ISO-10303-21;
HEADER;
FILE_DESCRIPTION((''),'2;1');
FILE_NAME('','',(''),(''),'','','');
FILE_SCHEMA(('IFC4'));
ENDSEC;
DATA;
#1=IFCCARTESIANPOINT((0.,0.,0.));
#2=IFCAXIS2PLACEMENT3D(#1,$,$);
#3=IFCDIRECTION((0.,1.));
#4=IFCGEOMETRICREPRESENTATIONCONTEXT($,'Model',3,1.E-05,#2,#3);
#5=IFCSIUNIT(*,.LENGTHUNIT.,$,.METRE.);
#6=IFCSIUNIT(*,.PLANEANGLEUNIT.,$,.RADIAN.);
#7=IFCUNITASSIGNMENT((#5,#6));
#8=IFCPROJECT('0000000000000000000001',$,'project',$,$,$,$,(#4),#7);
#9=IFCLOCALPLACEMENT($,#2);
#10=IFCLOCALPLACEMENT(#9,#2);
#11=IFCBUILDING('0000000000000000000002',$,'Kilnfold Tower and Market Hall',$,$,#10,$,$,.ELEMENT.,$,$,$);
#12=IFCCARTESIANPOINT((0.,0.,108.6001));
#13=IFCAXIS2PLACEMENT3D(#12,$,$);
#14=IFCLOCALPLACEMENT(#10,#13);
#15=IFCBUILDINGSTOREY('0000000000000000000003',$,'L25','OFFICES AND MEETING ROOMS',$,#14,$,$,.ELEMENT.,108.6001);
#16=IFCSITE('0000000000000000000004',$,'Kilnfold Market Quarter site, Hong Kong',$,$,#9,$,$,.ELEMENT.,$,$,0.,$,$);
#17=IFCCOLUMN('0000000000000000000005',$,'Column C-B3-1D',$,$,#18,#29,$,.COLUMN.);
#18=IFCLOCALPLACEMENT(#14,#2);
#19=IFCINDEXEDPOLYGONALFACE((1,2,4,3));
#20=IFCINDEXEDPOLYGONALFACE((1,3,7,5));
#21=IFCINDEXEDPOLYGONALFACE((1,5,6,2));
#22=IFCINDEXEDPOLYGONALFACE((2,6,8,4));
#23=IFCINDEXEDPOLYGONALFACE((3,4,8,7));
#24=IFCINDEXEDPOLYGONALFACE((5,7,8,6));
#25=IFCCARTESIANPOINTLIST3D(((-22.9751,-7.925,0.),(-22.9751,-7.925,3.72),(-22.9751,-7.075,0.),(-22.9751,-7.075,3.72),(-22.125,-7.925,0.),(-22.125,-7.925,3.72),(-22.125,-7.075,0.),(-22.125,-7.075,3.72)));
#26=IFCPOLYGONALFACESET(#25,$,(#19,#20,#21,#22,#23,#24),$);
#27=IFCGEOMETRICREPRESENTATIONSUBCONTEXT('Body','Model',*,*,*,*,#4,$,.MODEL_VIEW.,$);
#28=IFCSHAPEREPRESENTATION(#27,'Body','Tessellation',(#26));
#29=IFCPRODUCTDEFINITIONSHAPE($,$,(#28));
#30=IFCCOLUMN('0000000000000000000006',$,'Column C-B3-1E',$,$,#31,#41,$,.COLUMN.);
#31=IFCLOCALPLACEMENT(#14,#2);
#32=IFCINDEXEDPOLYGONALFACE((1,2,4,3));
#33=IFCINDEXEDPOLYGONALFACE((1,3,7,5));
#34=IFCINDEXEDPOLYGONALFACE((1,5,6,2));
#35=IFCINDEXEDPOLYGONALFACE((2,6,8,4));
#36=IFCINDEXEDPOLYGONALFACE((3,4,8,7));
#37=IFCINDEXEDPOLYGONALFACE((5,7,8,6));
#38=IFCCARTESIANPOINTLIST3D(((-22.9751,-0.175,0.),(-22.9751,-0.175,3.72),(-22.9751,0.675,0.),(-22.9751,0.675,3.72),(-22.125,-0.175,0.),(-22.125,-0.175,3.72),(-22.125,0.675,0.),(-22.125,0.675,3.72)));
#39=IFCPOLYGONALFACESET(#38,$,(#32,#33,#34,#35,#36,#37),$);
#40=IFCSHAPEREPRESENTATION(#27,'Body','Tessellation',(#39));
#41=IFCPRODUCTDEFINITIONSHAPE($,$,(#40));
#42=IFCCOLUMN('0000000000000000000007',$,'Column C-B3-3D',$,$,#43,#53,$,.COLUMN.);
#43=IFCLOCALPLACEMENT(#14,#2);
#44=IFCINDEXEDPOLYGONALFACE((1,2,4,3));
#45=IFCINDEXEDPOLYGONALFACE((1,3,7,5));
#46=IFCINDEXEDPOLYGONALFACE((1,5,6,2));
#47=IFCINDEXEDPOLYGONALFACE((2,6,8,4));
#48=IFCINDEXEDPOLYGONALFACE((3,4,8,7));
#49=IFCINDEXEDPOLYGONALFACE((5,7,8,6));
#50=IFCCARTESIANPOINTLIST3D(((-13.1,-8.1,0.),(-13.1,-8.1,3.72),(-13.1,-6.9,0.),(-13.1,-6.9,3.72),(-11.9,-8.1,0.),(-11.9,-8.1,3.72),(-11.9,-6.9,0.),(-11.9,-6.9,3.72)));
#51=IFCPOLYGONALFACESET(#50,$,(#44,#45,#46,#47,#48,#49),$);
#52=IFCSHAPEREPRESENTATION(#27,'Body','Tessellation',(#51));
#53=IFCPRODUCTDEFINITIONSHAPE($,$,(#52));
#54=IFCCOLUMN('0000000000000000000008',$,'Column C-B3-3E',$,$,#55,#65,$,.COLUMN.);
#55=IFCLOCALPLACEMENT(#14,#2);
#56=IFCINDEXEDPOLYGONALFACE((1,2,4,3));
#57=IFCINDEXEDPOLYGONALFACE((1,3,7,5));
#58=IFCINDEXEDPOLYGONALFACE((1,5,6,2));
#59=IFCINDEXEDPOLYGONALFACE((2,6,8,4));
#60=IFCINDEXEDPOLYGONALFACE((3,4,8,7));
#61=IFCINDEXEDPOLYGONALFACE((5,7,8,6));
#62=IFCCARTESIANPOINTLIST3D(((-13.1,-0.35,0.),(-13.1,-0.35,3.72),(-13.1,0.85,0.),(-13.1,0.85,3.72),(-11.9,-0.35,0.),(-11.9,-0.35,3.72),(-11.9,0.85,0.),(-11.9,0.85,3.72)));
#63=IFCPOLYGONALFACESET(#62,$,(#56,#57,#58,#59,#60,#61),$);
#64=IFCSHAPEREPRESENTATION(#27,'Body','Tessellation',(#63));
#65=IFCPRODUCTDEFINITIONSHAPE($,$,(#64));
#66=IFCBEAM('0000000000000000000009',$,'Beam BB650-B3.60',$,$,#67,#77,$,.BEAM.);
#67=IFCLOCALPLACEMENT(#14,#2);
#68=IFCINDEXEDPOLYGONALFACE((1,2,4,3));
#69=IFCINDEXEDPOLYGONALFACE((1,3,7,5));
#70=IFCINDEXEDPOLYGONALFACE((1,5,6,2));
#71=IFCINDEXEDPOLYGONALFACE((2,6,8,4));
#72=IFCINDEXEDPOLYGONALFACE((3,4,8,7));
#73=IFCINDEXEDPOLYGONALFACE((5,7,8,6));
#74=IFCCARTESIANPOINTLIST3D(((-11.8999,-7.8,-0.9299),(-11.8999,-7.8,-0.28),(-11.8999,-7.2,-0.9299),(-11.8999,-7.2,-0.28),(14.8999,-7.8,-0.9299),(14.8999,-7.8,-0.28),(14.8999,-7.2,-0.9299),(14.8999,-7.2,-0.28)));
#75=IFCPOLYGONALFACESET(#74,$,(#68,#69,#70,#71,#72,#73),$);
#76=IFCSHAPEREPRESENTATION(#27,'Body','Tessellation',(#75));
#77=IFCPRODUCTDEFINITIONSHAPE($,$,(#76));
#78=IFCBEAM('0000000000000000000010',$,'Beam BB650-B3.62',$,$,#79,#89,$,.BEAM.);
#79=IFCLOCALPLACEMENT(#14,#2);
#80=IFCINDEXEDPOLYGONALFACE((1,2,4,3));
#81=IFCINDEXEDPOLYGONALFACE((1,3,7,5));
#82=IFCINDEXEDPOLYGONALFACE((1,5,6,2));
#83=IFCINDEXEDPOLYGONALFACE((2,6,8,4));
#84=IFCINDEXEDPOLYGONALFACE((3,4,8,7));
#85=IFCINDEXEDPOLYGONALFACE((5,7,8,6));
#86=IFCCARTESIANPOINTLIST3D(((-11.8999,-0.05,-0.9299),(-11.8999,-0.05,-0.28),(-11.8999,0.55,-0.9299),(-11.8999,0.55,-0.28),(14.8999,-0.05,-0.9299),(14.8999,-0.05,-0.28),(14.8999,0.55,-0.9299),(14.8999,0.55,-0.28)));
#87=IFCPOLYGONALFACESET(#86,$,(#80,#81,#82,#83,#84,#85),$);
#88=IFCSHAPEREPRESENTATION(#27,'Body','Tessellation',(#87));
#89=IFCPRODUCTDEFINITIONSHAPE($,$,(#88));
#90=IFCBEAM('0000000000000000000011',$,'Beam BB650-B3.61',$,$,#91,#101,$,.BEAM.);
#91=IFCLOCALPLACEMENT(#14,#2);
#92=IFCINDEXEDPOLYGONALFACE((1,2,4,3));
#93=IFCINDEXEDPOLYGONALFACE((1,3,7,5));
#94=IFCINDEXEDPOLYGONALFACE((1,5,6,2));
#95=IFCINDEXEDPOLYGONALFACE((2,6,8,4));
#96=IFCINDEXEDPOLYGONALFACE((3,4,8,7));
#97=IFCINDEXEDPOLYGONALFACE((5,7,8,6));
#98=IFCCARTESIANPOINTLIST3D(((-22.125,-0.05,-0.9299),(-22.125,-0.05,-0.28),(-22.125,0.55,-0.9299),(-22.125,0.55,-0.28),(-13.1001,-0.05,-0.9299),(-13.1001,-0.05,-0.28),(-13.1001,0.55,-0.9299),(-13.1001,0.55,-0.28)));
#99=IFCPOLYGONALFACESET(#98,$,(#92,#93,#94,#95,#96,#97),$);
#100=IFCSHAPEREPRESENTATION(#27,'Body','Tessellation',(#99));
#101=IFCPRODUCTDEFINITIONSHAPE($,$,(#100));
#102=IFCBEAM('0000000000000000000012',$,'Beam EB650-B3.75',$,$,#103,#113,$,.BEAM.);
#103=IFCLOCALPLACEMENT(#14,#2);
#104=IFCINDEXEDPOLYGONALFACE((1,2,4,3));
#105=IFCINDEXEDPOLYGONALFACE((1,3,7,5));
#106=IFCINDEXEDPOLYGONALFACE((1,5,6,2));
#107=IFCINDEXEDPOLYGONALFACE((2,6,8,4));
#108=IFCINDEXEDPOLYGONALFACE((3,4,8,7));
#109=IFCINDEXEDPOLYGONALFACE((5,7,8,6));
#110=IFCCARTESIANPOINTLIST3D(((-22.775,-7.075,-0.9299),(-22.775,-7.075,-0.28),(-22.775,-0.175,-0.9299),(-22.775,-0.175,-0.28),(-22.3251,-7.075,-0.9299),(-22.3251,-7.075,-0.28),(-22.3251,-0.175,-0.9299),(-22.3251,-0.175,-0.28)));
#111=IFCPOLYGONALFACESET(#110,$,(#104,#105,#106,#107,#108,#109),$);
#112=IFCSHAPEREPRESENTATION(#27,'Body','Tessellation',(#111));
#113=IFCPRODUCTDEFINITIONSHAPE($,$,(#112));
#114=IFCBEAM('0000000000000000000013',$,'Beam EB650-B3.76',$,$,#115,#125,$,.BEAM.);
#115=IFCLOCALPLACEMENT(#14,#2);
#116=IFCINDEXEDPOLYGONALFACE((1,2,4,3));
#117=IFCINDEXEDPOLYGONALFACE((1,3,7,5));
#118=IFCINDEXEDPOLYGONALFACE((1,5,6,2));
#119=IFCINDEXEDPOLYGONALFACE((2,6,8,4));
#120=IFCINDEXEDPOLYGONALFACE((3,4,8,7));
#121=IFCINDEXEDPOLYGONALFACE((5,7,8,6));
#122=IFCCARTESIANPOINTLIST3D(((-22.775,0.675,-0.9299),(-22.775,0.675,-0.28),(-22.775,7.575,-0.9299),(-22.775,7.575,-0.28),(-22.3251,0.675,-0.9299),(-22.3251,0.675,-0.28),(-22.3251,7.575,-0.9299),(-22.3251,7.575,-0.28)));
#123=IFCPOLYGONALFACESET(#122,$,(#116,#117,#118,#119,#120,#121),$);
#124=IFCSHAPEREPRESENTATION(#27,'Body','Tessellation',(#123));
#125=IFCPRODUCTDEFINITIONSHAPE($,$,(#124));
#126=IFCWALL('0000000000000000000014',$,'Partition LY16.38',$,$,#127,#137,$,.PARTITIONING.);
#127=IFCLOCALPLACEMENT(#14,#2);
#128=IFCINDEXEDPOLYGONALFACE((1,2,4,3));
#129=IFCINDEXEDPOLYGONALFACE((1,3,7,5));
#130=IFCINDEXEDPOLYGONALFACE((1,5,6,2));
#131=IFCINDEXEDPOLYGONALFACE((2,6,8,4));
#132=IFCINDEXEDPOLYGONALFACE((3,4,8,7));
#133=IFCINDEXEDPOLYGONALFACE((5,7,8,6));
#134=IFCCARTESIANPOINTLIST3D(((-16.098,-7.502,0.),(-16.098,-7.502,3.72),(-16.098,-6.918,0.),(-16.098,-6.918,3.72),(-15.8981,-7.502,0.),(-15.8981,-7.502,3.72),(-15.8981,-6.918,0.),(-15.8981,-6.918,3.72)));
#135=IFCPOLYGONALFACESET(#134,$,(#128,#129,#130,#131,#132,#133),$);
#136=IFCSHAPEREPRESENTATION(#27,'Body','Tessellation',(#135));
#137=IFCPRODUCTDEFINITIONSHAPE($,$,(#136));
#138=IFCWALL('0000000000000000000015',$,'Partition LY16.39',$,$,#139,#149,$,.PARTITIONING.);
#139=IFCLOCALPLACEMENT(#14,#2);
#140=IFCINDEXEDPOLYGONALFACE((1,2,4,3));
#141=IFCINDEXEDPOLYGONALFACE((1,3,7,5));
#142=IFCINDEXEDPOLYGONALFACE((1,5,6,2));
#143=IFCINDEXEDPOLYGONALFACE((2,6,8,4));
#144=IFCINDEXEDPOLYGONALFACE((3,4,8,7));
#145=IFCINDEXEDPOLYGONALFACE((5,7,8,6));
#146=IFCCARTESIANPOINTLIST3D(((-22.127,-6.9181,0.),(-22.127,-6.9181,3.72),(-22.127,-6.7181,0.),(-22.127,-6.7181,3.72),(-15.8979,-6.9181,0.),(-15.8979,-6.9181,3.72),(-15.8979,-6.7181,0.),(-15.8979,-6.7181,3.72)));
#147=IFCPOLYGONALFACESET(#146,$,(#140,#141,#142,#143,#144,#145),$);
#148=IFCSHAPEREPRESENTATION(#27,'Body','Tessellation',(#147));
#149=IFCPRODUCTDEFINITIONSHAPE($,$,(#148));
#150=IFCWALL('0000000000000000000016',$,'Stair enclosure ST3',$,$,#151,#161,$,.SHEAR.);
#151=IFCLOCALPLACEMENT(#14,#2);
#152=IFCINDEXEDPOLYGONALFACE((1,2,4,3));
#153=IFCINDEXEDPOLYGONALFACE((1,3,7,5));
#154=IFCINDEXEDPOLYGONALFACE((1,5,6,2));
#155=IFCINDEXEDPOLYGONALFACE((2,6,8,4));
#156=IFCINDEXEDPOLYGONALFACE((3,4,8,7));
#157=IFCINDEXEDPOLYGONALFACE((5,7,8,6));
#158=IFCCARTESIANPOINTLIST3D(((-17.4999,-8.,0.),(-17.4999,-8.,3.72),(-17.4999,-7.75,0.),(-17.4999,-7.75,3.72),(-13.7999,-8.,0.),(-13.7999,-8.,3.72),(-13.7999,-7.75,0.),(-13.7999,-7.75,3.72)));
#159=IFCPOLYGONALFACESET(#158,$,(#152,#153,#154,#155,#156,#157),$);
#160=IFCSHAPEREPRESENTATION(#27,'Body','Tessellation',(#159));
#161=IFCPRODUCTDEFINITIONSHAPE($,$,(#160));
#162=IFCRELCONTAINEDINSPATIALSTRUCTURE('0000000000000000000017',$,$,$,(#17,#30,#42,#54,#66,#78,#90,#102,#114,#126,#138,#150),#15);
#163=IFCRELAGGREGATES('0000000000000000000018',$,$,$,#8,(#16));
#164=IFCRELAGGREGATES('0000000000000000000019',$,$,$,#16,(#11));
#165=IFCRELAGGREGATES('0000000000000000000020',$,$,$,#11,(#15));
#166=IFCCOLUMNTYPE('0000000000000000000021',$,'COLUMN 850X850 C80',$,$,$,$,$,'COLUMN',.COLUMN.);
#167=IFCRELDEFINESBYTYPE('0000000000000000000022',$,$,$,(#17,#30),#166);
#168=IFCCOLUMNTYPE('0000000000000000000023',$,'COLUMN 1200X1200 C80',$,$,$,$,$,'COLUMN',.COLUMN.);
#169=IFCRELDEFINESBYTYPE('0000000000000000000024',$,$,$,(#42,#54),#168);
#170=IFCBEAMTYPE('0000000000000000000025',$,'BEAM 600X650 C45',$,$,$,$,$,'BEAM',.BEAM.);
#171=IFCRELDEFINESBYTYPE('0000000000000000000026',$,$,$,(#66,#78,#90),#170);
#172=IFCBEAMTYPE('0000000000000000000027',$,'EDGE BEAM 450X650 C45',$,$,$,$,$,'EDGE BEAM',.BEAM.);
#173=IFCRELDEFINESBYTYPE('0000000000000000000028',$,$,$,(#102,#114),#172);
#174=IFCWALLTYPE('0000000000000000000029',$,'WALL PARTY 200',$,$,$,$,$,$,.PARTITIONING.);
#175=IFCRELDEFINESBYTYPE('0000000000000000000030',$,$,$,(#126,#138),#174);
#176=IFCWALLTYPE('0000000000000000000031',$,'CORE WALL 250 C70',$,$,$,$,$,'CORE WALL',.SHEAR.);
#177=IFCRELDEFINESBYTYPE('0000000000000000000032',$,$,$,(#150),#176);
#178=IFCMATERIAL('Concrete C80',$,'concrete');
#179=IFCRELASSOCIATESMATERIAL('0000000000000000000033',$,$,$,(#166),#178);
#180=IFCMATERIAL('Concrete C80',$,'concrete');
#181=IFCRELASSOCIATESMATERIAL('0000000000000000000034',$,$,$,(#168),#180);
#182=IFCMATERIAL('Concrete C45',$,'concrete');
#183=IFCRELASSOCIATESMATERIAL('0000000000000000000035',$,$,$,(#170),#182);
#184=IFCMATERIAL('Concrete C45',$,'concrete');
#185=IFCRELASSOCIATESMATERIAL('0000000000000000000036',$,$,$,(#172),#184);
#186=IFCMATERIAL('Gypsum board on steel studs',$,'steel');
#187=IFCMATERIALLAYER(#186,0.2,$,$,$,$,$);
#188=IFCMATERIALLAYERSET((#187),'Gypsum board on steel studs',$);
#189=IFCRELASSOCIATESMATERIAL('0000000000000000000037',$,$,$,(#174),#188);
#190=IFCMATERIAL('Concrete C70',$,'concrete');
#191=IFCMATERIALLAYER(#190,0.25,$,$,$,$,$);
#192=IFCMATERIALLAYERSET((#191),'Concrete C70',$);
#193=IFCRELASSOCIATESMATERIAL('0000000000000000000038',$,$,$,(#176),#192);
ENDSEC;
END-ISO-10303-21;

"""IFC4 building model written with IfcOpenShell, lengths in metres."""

from ifc_helpers import new_model, si_unit, direction, frame, frame_2d, origin, origin_2d, place, context, subcontext, project, spatial, rectangle, extrude, source, transform, mapped, material, layer, layer_set, material_profile, profile_set, type_object, element, save


model = new_model("IFC4")

# Units and contexts
model_context = context("Model", 3, precision=1e-05, world=origin(), true_north=direction((0.0, 1.0)))
body_context = subcontext(model_context, "Body", "Model", "MODEL_VIEW")
ifc_project = project(units=[si_unit("LENGTHUNIT", "METRE"), si_unit("PLANEANGLEUNIT", "RADIAN")], contexts=[model_context])

# Site, building, storey
site_placement = place(None, origin())
site = spatial("IfcSite", under=ifc_project, at=site_placement, Name="Kilnfold Market Quarter site, Hong Kong", CompositionType="ELEMENT", RefElevation=0.0)
building_placement = place(site_placement, origin())
building = spatial("IfcBuilding", under=site, at=building_placement, Name="Kilnfold Tower and Market Hall", CompositionType="ELEMENT")
storey_placement = place(building_placement, frame((0.0, 0.0, 108.6001)))
storey = spatial("IfcBuildingStorey", under=building, at=storey_placement, Name="L25", Description="OFFICES AND MEETING ROOMS", CompositionType="ELEMENT", Elevation=108.6001)

# Columns
ifc_material_1 = material(Name="Concrete C80", Category="concrete")
ifc_material_profile_1 = material_profile(ifc_material_1, rectangle(XDim=0.8501, YDim=0.8501, at=origin_2d()), Name="RC 850x850")
ifc_profile_set_1 = profile_set([ifc_material_profile_1], Name="Concrete C80")
column_type_1 = type_object("IfcColumnType", Name="COLUMN 850X850 C80", ElementType="COLUMN", PredefinedType="COLUMN", material=ifc_profile_set_1)
shared_shape_1 = source(origin(), body_context, "Body", "SweptSolid", [
    extrude(rectangle(XDim=0.8501, YDim=0.8501, at=origin_2d()), origin(), (0.0, 0.0, 1.0), 3.72),
])
for number, where, z_axis, x_axis, name in (
    (1, (-22.55, -7.5, 0.0), (0.0, 0.0, 1.0), (1.0, 0.0, 0.0), "Column C-B3-1D"),
    (2, (-22.55, 0.25, 0.0), (0.0, 0.0, 1.0), (1.0, 0.0, 0.0), "Column C-B3-1E"),
):
    element("IfcColumn", number, at=place(storey_placement, frame(where, z_axis=z_axis, x_axis=x_axis)), inside=storey, type_object=column_type_1, Name=name, PredefinedType="COLUMN", context=body_context, shape_type="MappedRepresentation", body=[
        mapped(shared_shape_1, transform((0.0, 0.0, 0.0))),
    ])
ifc_material_2 = material(Name="Concrete C80", Category="concrete")
ifc_material_profile_2 = material_profile(ifc_material_2, rectangle(XDim=1.2, YDim=1.2, at=origin_2d()), Name="RC 1200x1200")
ifc_profile_set_2 = profile_set([ifc_material_profile_2], Name="Concrete C80")
column_type_2 = type_object("IfcColumnType", Name="COLUMN 1200X1200 C80", ElementType="COLUMN", PredefinedType="COLUMN", material=ifc_profile_set_2)
shared_shape_2 = source(origin(), body_context, "Body", "SweptSolid", [
    extrude(rectangle(XDim=1.2, YDim=1.2, at=origin_2d()), origin(), (0.0, 0.0, 1.0), 3.72),
])
for number, where, z_axis, x_axis, name in (
    (3, (-12.5, -7.5, 0.0), (0.0, 0.0, 1.0), (1.0, 0.0, 0.0), "Column C-B3-3D"),
    (4, (-12.5, 0.25, 0.0), (0.0, 0.0, 1.0), (1.0, 0.0, 0.0), "Column C-B3-3E"),
):
    element("IfcColumn", number, at=place(storey_placement, frame(where, z_axis=z_axis, x_axis=x_axis)), inside=storey, type_object=column_type_2, Name=name, PredefinedType="COLUMN", context=body_context, shape_type="MappedRepresentation", body=[
        mapped(shared_shape_2, transform((0.0, 0.0, 0.0))),
    ])

# Beams
ifc_material_3 = material(Name="Concrete C45", Category="concrete")
ifc_material_profile_3 = material_profile(ifc_material_3, rectangle(XDim=0.6001, YDim=0.6499, at=origin_2d()), Name="RC 600x650")
ifc_profile_set_3 = profile_set([ifc_material_profile_3], Name="Concrete C45")
beam_type_1 = type_object("IfcBeamType", Name="BEAM 600X650 C45", ElementType="BEAM", PredefinedType="BEAM", material=ifc_profile_set_3)
shared_shape_3 = source(origin(), body_context, "Body", "SweptSolid", [
    extrude(rectangle(XDim=0.6001, YDim=0.6499, at=origin_2d()), origin(), (0.0, 0.0, 1.0), 26.7998),
])
for number, where, z_axis, x_axis, name in (
    (5, (-11.8999, -7.5, -0.605), (1.0, 0.0, 0.0), (0.0, 1.0, 0.0), "Beam BB650-B3.60"),
    (6, (-11.8999, 0.25, -0.605), (1.0, 0.0, 0.0), (0.0, 1.0, 0.0), "Beam BB650-B3.62"),
):
    element("IfcBeam", number, at=place(storey_placement, frame(where, z_axis=z_axis, x_axis=x_axis)), inside=storey, type_object=beam_type_1, Name=name, PredefinedType="BEAM", context=body_context, shape_type="MappedRepresentation", body=[
        mapped(shared_shape_3, transform((0.0, 0.0, 0.0))),
    ])
shared_shape_4 = source(origin(), body_context, "Body", "SweptSolid", [
    extrude(rectangle(XDim=0.6001, YDim=0.6499, at=origin_2d()), origin(), (0.0, 0.0, 1.0), 9.0249),
])
beam_placement = place(storey_placement, frame((-22.125, 0.25, -0.605), z_axis=(1.0, 0.0, 0.0), x_axis=(0.0, 1.0, 0.0)))
element("IfcBeam", 7, at=beam_placement, inside=storey, type_object=beam_type_1, Name="Beam BB650-B3.61", PredefinedType="BEAM", context=body_context, shape_type="MappedRepresentation", body=[
    mapped(shared_shape_4, transform((0.0, 0.0, 0.0))),
])
ifc_material_4 = material(Name="Concrete C45", Category="concrete")
ifc_material_profile_4 = material_profile(ifc_material_4, rectangle(XDim=0.45, YDim=0.6499, at=origin_2d()), Name="RC 450x650")
ifc_profile_set_4 = profile_set([ifc_material_profile_4], Name="Concrete C45")
beam_type_2 = type_object("IfcBeamType", Name="EDGE BEAM 450X650 C45", ElementType="EDGE BEAM", PredefinedType="BEAM", material=ifc_profile_set_4)
shared_shape_5 = source(origin(), body_context, "Body", "SweptSolid", [
    extrude(rectangle(XDim=0.45, YDim=0.6499, at=origin_2d()), origin(), (0.0, 0.0, 1.0), 6.8999),
])
for number, where, z_axis, x_axis, name in (
    (8, (-22.55, -7.075, -0.605), (0.0, 1.0, 0.0), (-1.0, 0.0, 0.0), "Beam EB650-B3.75"),
    (9, (-22.55, 0.675, -0.605), (0.0, 1.0, 0.0), (-1.0, 0.0, 0.0), "Beam EB650-B3.76"),
):
    element("IfcBeam", number, at=place(storey_placement, frame(where, z_axis=z_axis, x_axis=x_axis)), inside=storey, type_object=beam_type_2, Name=name, PredefinedType="BEAM", context=body_context, shape_type="MappedRepresentation", body=[
        mapped(shared_shape_5, transform((0.0, 0.0, 0.0))),
    ])

# Walls
ifc_material_5 = material(Name="Gypsum board on steel studs", Category="steel")
ifc_layer_1 = layer(ifc_material_5, 0.2)
ifc_layer_set_1 = layer_set([ifc_layer_1], Name="Gypsum board on steel studs")
wall_type_1 = type_object("IfcWallType", Name="WALL PARTY 200", PredefinedType="PARTITIONING", material=ifc_layer_set_1)
wall_1_placement = place(storey_placement, frame((-15.998, -6.918, 0.0), z_axis=(0.0, 0.0, 1.0), x_axis=(0.0, -1.0, 0.0)))
element("IfcWall", 10, at=wall_1_placement, inside=storey, type_object=wall_type_1, Name="Partition LY16.38", PredefinedType="PARTITIONING", context=body_context, shape_type="SweptSolid", body=[
    extrude(rectangle(XDim=0.584, YDim=0.2, at=frame_2d((0.292, 0.0))), origin(), (0.0, 0.0, 1.0), 3.72),
])
wall_2_placement = place(storey_placement, frame((-22.127, -6.8181, 0.0), z_axis=(0.0, 0.0, 1.0), x_axis=(1.0, 0.0, 0.0)))
element("IfcWall", 11, at=wall_2_placement, inside=storey, type_object=wall_type_1, Name="Partition LY16.39", PredefinedType="PARTITIONING", context=body_context, shape_type="SweptSolid", body=[
    extrude(rectangle(XDim=6.229, YDim=0.2, at=frame_2d((3.1145, 0.0))), origin(), (0.0, 0.0, 1.0), 3.72),
])
ifc_material_6 = material(Name="Concrete C70", Category="concrete")
ifc_layer_2 = layer(ifc_material_6, 0.25)
ifc_layer_set_2 = layer_set([ifc_layer_2], Name="Concrete C70")
wall_type_2 = type_object("IfcWallType", Name="CORE WALL 250 C70", ElementType="CORE WALL", PredefinedType="SHEAR", material=ifc_layer_set_2)
shared_shape_6 = source(origin(), body_context, "Body", "SweptSolid", [
    extrude(rectangle(XDim=3.7, YDim=0.25, at=frame_2d((1.8501, 0.0))), origin(), (0.0, 0.0, 1.0), 3.72),
])
wall_3_placement = place(storey_placement, frame((-17.5, -7.875, 0.0), z_axis=(0.0, 0.0, 1.0), x_axis=(1.0, 0.0, 0.0)))
element("IfcWall", 12, at=wall_3_placement, inside=storey, type_object=wall_type_2, Name="Stair enclosure ST3", PredefinedType="SHEAR", context=body_context, shape_type="MappedRepresentation", body=[
    mapped(shared_shape_6, transform((0.0, 0.0, 0.0))),
])

save(model, "model.ifc")
